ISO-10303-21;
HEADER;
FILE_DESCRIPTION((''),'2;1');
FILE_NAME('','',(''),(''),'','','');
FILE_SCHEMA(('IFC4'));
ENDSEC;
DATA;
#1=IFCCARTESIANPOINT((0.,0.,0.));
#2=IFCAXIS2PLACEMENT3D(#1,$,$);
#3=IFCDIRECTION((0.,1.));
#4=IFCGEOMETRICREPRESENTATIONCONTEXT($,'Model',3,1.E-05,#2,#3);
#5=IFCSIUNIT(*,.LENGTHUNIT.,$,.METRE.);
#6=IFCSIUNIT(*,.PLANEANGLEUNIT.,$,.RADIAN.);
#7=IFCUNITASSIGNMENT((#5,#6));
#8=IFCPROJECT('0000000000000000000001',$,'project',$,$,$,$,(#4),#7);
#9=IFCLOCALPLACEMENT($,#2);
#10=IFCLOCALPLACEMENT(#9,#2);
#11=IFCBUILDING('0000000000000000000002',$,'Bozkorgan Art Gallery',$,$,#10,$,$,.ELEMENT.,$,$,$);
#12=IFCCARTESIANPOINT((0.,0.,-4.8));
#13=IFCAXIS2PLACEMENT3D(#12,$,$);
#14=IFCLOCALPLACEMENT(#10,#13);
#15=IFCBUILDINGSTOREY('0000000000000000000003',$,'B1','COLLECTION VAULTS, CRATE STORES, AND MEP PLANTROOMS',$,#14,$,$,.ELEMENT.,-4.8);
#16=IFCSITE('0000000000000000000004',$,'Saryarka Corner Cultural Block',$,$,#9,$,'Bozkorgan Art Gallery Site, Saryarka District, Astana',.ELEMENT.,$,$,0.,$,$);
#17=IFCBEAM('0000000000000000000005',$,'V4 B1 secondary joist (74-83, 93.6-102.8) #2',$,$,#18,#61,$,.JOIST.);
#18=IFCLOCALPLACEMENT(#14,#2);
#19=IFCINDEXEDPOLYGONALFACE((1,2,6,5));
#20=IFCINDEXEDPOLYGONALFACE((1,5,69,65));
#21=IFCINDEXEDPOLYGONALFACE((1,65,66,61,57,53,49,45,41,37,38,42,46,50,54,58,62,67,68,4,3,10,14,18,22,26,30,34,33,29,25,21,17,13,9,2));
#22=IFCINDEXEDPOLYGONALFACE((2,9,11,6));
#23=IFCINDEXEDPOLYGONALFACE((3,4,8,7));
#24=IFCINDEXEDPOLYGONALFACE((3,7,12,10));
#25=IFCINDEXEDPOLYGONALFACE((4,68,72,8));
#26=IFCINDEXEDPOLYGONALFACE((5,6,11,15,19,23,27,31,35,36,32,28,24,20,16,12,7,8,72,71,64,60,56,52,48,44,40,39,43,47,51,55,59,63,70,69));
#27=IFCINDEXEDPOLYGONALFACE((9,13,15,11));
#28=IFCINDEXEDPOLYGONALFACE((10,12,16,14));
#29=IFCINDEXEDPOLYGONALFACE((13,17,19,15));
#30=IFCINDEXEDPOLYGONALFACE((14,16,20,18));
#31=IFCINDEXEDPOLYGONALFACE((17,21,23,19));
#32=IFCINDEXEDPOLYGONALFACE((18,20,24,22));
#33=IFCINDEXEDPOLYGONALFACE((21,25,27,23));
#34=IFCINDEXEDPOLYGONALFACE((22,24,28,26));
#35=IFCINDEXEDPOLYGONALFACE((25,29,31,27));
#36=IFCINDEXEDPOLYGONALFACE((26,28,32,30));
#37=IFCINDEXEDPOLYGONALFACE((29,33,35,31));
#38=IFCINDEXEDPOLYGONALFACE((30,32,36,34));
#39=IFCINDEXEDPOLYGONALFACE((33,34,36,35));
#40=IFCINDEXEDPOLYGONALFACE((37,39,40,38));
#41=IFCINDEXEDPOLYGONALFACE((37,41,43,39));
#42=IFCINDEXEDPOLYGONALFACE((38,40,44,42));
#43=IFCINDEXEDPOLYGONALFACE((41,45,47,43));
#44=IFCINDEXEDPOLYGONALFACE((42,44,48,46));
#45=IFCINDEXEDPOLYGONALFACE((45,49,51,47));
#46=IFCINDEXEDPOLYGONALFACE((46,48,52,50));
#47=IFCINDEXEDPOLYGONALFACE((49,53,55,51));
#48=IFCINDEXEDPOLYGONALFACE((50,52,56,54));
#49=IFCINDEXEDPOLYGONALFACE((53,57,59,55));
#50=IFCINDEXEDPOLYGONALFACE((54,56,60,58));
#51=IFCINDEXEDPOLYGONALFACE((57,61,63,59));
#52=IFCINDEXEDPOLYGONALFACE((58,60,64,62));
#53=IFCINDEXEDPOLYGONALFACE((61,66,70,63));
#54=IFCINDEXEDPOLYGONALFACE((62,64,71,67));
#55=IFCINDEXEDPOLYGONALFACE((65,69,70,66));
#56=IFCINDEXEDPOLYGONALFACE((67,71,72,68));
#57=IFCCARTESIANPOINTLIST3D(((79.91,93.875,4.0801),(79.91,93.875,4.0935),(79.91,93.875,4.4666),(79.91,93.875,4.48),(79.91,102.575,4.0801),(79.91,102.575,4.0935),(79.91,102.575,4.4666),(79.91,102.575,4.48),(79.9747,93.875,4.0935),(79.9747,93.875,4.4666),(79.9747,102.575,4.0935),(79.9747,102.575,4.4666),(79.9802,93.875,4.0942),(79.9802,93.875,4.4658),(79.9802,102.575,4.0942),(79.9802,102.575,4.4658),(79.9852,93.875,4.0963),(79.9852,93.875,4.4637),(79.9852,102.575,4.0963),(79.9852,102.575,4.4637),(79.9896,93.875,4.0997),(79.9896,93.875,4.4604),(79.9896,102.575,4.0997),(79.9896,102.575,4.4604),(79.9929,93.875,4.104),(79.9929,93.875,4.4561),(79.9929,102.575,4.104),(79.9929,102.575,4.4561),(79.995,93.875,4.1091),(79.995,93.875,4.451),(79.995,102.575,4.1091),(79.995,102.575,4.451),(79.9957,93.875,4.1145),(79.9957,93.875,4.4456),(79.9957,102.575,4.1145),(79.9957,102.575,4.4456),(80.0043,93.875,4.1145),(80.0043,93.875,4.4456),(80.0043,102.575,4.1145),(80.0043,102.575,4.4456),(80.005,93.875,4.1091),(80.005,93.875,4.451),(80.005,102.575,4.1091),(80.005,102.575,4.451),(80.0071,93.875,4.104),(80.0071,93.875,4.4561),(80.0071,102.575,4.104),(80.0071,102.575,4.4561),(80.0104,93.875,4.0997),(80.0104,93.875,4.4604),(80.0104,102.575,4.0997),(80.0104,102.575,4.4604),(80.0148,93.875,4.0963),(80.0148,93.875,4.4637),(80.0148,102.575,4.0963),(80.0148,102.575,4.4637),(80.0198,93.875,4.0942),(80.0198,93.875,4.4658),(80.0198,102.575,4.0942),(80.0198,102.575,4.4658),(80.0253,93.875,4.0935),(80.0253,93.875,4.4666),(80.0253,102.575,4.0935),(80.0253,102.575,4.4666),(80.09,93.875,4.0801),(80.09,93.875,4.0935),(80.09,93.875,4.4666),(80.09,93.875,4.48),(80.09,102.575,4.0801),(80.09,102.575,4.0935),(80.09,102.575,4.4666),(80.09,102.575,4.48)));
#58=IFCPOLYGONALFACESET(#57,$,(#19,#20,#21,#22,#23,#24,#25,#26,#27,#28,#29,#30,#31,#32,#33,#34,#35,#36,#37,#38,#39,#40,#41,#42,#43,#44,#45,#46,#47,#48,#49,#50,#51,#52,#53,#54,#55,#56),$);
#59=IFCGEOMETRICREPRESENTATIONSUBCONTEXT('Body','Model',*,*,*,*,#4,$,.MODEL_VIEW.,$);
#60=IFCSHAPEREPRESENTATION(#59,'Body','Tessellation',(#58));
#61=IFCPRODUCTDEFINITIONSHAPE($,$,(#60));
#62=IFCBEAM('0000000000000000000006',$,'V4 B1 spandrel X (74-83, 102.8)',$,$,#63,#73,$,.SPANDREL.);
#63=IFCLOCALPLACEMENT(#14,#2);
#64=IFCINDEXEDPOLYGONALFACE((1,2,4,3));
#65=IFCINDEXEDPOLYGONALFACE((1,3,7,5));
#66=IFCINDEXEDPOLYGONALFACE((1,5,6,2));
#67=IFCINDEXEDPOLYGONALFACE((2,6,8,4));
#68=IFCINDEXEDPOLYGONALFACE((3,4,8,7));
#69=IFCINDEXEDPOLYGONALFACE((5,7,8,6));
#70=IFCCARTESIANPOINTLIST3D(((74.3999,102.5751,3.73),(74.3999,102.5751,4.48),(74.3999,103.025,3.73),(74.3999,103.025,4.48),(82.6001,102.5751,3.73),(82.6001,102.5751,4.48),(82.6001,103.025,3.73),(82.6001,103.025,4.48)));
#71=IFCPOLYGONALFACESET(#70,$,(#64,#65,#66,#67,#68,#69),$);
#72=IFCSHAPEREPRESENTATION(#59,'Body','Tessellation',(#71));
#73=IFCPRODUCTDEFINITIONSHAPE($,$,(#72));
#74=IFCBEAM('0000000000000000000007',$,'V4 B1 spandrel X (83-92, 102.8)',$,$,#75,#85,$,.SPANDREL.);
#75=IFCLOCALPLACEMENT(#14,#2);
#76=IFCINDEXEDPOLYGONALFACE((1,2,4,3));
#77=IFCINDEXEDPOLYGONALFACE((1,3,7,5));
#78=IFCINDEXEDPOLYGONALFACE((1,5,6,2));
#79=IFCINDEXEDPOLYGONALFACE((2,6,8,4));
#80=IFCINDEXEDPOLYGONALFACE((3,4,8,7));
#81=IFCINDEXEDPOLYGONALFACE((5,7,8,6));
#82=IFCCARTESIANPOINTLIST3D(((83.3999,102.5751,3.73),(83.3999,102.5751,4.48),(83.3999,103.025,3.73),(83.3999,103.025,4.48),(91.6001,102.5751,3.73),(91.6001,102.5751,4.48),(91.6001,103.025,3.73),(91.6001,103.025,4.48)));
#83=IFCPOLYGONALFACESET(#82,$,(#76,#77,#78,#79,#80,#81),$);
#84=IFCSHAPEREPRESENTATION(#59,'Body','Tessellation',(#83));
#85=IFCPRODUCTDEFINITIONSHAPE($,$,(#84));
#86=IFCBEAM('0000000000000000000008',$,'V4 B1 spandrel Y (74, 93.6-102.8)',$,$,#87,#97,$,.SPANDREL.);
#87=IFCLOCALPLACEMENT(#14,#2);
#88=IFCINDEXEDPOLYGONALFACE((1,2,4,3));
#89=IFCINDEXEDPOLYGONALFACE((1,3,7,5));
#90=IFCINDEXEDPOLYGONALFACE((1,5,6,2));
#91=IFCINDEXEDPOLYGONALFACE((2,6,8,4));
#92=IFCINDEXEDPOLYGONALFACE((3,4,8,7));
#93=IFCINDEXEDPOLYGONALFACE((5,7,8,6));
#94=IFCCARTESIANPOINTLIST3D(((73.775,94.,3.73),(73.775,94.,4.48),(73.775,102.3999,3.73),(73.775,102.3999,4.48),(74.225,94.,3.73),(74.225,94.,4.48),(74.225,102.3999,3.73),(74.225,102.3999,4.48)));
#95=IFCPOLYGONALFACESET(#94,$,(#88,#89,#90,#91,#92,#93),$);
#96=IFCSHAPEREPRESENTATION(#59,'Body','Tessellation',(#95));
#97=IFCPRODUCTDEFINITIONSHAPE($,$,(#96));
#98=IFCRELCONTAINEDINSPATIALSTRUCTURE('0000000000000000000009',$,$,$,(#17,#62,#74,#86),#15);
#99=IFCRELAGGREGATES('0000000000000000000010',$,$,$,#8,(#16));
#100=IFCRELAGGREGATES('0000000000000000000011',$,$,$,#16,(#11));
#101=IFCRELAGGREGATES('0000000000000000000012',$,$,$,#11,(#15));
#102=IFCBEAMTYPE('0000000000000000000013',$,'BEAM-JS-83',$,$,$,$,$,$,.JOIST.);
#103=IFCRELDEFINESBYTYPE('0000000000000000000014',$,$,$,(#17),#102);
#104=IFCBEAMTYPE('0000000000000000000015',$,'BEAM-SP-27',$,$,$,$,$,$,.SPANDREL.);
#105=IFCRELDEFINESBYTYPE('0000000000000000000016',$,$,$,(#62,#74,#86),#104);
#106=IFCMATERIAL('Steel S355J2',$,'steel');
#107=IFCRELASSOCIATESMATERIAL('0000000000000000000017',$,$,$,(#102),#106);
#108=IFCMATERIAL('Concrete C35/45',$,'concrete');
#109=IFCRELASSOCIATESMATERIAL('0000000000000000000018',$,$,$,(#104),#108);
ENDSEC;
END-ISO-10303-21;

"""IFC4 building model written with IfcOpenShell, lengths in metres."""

from ifc_helpers import new_model, si_unit, direction, frame, origin, origin_2d, place, context, subcontext, project, spatial, rectangle, i_section, extrude, material, material_profile, profile_set, type_object, element, save


model = new_model("IFC4")

# Units and contexts
model_context = context("Model", 3, precision=1e-05, world=origin(), true_north=direction((0.0, 1.0)))
body_context = subcontext(model_context, "Body", "Model", "MODEL_VIEW")
ifc_project = project(units=[si_unit("LENGTHUNIT", "METRE"), si_unit("PLANEANGLEUNIT", "RADIAN")], contexts=[model_context])

# Site, building, storey
site_placement = place(None, origin())
site = spatial("IfcSite", under=ifc_project, at=site_placement, Name="Saryarka Corner Cultural Block", LongName="Bozkorgan Art Gallery Site, Saryarka District, Astana", CompositionType="ELEMENT", RefElevation=0.0)
building_placement = place(site_placement, origin())
building = spatial("IfcBuilding", under=site, at=building_placement, Name="Bozkorgan Art Gallery", CompositionType="ELEMENT")
storey_placement = place(building_placement, frame((0.0, 0.0, -4.8)))
storey = spatial("IfcBuildingStorey", under=building, at=storey_placement, Name="B1", Description="COLLECTION VAULTS, CRATE STORES, AND MEP PLANTROOMS", CompositionType="ELEMENT", Elevation=-4.8)

# Beams
ifc_material_1 = material(Name="Concrete C35/45", Category="concrete")
ifc_material_2 = material(Name="Steel S355J2", Category="steel")
ifc_material_profile_1 = material_profile(ifc_material_2, i_section(OverallWidth=0.1799, OverallDepth=0.3999, WebThickness=0.0085, FlangeThickness=0.0134, FilletRadius=0.021, at=origin_2d()), Name="IPE 400")
ifc_profile_set_1 = profile_set([ifc_material_profile_1], Name="Steel S355J2")
beam_type_1 = type_object("IfcBeamType", Name="BEAM-JS-83", PredefinedType="JOIST", material=ifc_profile_set_1)
for number, where, z_axis, x_axis, name in (
    (1, (80.0, 93.875, 4.28), (0.0, 1.0, 0.0), (-1.0, 0.0, 0.0), "V4 B1 secondary joist (74-83, 93.6-102.8) #2"),
):
    element("IfcBeam", number, at=place(storey_placement, frame(where, z_axis=z_axis, x_axis=x_axis)), inside=storey, type_object=beam_type_1, Name=name, PredefinedType="JOIST", context=body_context, shape_type="SweptSolid", body=[
        extrude(i_section(OverallWidth=0.1799, OverallDepth=0.3999, WebThickness=0.0085, FlangeThickness=0.0134, FilletRadius=0.021, at=origin_2d()), origin(), (0.0, 0.0, 1.0), 8.7),
    ])
ifc_material_profile_2 = material_profile(ifc_material_1, rectangle(XDim=0.45, YDim=0.75, at=origin_2d()), Name="RC 450x750")
ifc_profile_set_2 = profile_set([ifc_material_profile_2], Name="Concrete C35/45")
beam_type_2 = type_object("IfcBeamType", Name="BEAM-SP-27", PredefinedType="SPANDREL", material=ifc_profile_set_2)
for number, where, z_axis, x_axis, name in (
    (2, (74.3999, 102.8, 4.105), (1.0, 0.0, 0.0), (0.0, 1.0, 0.0), "V4 B1 spandrel X (74-83, 102.8)"),
    (3, (83.3999, 102.8, 4.105), (1.0, 0.0, 0.0), (0.0, 1.0, 0.0), "V4 B1 spandrel X (83-92, 102.8)"),
):
    element("IfcBeam", number, at=place(storey_placement, frame(where, z_axis=z_axis, x_axis=x_axis)), inside=storey, type_object=beam_type_2, Name=name, PredefinedType="SPANDREL", context=body_context, shape_type="SweptSolid", body=[
        extrude(rectangle(XDim=0.45, YDim=0.75, at=origin_2d()), origin(), (0.0, 0.0, 1.0), 8.2002),
    ])
beam_1_placement = place(storey_placement, frame((74.0, 94.0, 4.105), z_axis=(0.0, 1.0, 0.0), x_axis=(-1.0, 0.0, 0.0)))
element("IfcBeam", 4, at=beam_1_placement, inside=storey, type_object=beam_type_2, Name="V4 B1 spandrel Y (74, 93.6-102.8)", PredefinedType="SPANDREL", context=body_context, shape_type="SweptSolid", body=[
    extrude(rectangle(XDim=0.45, YDim=0.75, at=origin_2d()), origin(), (0.0, 0.0, 1.0), 8.3999),
])

save(model, "model.ifc")
